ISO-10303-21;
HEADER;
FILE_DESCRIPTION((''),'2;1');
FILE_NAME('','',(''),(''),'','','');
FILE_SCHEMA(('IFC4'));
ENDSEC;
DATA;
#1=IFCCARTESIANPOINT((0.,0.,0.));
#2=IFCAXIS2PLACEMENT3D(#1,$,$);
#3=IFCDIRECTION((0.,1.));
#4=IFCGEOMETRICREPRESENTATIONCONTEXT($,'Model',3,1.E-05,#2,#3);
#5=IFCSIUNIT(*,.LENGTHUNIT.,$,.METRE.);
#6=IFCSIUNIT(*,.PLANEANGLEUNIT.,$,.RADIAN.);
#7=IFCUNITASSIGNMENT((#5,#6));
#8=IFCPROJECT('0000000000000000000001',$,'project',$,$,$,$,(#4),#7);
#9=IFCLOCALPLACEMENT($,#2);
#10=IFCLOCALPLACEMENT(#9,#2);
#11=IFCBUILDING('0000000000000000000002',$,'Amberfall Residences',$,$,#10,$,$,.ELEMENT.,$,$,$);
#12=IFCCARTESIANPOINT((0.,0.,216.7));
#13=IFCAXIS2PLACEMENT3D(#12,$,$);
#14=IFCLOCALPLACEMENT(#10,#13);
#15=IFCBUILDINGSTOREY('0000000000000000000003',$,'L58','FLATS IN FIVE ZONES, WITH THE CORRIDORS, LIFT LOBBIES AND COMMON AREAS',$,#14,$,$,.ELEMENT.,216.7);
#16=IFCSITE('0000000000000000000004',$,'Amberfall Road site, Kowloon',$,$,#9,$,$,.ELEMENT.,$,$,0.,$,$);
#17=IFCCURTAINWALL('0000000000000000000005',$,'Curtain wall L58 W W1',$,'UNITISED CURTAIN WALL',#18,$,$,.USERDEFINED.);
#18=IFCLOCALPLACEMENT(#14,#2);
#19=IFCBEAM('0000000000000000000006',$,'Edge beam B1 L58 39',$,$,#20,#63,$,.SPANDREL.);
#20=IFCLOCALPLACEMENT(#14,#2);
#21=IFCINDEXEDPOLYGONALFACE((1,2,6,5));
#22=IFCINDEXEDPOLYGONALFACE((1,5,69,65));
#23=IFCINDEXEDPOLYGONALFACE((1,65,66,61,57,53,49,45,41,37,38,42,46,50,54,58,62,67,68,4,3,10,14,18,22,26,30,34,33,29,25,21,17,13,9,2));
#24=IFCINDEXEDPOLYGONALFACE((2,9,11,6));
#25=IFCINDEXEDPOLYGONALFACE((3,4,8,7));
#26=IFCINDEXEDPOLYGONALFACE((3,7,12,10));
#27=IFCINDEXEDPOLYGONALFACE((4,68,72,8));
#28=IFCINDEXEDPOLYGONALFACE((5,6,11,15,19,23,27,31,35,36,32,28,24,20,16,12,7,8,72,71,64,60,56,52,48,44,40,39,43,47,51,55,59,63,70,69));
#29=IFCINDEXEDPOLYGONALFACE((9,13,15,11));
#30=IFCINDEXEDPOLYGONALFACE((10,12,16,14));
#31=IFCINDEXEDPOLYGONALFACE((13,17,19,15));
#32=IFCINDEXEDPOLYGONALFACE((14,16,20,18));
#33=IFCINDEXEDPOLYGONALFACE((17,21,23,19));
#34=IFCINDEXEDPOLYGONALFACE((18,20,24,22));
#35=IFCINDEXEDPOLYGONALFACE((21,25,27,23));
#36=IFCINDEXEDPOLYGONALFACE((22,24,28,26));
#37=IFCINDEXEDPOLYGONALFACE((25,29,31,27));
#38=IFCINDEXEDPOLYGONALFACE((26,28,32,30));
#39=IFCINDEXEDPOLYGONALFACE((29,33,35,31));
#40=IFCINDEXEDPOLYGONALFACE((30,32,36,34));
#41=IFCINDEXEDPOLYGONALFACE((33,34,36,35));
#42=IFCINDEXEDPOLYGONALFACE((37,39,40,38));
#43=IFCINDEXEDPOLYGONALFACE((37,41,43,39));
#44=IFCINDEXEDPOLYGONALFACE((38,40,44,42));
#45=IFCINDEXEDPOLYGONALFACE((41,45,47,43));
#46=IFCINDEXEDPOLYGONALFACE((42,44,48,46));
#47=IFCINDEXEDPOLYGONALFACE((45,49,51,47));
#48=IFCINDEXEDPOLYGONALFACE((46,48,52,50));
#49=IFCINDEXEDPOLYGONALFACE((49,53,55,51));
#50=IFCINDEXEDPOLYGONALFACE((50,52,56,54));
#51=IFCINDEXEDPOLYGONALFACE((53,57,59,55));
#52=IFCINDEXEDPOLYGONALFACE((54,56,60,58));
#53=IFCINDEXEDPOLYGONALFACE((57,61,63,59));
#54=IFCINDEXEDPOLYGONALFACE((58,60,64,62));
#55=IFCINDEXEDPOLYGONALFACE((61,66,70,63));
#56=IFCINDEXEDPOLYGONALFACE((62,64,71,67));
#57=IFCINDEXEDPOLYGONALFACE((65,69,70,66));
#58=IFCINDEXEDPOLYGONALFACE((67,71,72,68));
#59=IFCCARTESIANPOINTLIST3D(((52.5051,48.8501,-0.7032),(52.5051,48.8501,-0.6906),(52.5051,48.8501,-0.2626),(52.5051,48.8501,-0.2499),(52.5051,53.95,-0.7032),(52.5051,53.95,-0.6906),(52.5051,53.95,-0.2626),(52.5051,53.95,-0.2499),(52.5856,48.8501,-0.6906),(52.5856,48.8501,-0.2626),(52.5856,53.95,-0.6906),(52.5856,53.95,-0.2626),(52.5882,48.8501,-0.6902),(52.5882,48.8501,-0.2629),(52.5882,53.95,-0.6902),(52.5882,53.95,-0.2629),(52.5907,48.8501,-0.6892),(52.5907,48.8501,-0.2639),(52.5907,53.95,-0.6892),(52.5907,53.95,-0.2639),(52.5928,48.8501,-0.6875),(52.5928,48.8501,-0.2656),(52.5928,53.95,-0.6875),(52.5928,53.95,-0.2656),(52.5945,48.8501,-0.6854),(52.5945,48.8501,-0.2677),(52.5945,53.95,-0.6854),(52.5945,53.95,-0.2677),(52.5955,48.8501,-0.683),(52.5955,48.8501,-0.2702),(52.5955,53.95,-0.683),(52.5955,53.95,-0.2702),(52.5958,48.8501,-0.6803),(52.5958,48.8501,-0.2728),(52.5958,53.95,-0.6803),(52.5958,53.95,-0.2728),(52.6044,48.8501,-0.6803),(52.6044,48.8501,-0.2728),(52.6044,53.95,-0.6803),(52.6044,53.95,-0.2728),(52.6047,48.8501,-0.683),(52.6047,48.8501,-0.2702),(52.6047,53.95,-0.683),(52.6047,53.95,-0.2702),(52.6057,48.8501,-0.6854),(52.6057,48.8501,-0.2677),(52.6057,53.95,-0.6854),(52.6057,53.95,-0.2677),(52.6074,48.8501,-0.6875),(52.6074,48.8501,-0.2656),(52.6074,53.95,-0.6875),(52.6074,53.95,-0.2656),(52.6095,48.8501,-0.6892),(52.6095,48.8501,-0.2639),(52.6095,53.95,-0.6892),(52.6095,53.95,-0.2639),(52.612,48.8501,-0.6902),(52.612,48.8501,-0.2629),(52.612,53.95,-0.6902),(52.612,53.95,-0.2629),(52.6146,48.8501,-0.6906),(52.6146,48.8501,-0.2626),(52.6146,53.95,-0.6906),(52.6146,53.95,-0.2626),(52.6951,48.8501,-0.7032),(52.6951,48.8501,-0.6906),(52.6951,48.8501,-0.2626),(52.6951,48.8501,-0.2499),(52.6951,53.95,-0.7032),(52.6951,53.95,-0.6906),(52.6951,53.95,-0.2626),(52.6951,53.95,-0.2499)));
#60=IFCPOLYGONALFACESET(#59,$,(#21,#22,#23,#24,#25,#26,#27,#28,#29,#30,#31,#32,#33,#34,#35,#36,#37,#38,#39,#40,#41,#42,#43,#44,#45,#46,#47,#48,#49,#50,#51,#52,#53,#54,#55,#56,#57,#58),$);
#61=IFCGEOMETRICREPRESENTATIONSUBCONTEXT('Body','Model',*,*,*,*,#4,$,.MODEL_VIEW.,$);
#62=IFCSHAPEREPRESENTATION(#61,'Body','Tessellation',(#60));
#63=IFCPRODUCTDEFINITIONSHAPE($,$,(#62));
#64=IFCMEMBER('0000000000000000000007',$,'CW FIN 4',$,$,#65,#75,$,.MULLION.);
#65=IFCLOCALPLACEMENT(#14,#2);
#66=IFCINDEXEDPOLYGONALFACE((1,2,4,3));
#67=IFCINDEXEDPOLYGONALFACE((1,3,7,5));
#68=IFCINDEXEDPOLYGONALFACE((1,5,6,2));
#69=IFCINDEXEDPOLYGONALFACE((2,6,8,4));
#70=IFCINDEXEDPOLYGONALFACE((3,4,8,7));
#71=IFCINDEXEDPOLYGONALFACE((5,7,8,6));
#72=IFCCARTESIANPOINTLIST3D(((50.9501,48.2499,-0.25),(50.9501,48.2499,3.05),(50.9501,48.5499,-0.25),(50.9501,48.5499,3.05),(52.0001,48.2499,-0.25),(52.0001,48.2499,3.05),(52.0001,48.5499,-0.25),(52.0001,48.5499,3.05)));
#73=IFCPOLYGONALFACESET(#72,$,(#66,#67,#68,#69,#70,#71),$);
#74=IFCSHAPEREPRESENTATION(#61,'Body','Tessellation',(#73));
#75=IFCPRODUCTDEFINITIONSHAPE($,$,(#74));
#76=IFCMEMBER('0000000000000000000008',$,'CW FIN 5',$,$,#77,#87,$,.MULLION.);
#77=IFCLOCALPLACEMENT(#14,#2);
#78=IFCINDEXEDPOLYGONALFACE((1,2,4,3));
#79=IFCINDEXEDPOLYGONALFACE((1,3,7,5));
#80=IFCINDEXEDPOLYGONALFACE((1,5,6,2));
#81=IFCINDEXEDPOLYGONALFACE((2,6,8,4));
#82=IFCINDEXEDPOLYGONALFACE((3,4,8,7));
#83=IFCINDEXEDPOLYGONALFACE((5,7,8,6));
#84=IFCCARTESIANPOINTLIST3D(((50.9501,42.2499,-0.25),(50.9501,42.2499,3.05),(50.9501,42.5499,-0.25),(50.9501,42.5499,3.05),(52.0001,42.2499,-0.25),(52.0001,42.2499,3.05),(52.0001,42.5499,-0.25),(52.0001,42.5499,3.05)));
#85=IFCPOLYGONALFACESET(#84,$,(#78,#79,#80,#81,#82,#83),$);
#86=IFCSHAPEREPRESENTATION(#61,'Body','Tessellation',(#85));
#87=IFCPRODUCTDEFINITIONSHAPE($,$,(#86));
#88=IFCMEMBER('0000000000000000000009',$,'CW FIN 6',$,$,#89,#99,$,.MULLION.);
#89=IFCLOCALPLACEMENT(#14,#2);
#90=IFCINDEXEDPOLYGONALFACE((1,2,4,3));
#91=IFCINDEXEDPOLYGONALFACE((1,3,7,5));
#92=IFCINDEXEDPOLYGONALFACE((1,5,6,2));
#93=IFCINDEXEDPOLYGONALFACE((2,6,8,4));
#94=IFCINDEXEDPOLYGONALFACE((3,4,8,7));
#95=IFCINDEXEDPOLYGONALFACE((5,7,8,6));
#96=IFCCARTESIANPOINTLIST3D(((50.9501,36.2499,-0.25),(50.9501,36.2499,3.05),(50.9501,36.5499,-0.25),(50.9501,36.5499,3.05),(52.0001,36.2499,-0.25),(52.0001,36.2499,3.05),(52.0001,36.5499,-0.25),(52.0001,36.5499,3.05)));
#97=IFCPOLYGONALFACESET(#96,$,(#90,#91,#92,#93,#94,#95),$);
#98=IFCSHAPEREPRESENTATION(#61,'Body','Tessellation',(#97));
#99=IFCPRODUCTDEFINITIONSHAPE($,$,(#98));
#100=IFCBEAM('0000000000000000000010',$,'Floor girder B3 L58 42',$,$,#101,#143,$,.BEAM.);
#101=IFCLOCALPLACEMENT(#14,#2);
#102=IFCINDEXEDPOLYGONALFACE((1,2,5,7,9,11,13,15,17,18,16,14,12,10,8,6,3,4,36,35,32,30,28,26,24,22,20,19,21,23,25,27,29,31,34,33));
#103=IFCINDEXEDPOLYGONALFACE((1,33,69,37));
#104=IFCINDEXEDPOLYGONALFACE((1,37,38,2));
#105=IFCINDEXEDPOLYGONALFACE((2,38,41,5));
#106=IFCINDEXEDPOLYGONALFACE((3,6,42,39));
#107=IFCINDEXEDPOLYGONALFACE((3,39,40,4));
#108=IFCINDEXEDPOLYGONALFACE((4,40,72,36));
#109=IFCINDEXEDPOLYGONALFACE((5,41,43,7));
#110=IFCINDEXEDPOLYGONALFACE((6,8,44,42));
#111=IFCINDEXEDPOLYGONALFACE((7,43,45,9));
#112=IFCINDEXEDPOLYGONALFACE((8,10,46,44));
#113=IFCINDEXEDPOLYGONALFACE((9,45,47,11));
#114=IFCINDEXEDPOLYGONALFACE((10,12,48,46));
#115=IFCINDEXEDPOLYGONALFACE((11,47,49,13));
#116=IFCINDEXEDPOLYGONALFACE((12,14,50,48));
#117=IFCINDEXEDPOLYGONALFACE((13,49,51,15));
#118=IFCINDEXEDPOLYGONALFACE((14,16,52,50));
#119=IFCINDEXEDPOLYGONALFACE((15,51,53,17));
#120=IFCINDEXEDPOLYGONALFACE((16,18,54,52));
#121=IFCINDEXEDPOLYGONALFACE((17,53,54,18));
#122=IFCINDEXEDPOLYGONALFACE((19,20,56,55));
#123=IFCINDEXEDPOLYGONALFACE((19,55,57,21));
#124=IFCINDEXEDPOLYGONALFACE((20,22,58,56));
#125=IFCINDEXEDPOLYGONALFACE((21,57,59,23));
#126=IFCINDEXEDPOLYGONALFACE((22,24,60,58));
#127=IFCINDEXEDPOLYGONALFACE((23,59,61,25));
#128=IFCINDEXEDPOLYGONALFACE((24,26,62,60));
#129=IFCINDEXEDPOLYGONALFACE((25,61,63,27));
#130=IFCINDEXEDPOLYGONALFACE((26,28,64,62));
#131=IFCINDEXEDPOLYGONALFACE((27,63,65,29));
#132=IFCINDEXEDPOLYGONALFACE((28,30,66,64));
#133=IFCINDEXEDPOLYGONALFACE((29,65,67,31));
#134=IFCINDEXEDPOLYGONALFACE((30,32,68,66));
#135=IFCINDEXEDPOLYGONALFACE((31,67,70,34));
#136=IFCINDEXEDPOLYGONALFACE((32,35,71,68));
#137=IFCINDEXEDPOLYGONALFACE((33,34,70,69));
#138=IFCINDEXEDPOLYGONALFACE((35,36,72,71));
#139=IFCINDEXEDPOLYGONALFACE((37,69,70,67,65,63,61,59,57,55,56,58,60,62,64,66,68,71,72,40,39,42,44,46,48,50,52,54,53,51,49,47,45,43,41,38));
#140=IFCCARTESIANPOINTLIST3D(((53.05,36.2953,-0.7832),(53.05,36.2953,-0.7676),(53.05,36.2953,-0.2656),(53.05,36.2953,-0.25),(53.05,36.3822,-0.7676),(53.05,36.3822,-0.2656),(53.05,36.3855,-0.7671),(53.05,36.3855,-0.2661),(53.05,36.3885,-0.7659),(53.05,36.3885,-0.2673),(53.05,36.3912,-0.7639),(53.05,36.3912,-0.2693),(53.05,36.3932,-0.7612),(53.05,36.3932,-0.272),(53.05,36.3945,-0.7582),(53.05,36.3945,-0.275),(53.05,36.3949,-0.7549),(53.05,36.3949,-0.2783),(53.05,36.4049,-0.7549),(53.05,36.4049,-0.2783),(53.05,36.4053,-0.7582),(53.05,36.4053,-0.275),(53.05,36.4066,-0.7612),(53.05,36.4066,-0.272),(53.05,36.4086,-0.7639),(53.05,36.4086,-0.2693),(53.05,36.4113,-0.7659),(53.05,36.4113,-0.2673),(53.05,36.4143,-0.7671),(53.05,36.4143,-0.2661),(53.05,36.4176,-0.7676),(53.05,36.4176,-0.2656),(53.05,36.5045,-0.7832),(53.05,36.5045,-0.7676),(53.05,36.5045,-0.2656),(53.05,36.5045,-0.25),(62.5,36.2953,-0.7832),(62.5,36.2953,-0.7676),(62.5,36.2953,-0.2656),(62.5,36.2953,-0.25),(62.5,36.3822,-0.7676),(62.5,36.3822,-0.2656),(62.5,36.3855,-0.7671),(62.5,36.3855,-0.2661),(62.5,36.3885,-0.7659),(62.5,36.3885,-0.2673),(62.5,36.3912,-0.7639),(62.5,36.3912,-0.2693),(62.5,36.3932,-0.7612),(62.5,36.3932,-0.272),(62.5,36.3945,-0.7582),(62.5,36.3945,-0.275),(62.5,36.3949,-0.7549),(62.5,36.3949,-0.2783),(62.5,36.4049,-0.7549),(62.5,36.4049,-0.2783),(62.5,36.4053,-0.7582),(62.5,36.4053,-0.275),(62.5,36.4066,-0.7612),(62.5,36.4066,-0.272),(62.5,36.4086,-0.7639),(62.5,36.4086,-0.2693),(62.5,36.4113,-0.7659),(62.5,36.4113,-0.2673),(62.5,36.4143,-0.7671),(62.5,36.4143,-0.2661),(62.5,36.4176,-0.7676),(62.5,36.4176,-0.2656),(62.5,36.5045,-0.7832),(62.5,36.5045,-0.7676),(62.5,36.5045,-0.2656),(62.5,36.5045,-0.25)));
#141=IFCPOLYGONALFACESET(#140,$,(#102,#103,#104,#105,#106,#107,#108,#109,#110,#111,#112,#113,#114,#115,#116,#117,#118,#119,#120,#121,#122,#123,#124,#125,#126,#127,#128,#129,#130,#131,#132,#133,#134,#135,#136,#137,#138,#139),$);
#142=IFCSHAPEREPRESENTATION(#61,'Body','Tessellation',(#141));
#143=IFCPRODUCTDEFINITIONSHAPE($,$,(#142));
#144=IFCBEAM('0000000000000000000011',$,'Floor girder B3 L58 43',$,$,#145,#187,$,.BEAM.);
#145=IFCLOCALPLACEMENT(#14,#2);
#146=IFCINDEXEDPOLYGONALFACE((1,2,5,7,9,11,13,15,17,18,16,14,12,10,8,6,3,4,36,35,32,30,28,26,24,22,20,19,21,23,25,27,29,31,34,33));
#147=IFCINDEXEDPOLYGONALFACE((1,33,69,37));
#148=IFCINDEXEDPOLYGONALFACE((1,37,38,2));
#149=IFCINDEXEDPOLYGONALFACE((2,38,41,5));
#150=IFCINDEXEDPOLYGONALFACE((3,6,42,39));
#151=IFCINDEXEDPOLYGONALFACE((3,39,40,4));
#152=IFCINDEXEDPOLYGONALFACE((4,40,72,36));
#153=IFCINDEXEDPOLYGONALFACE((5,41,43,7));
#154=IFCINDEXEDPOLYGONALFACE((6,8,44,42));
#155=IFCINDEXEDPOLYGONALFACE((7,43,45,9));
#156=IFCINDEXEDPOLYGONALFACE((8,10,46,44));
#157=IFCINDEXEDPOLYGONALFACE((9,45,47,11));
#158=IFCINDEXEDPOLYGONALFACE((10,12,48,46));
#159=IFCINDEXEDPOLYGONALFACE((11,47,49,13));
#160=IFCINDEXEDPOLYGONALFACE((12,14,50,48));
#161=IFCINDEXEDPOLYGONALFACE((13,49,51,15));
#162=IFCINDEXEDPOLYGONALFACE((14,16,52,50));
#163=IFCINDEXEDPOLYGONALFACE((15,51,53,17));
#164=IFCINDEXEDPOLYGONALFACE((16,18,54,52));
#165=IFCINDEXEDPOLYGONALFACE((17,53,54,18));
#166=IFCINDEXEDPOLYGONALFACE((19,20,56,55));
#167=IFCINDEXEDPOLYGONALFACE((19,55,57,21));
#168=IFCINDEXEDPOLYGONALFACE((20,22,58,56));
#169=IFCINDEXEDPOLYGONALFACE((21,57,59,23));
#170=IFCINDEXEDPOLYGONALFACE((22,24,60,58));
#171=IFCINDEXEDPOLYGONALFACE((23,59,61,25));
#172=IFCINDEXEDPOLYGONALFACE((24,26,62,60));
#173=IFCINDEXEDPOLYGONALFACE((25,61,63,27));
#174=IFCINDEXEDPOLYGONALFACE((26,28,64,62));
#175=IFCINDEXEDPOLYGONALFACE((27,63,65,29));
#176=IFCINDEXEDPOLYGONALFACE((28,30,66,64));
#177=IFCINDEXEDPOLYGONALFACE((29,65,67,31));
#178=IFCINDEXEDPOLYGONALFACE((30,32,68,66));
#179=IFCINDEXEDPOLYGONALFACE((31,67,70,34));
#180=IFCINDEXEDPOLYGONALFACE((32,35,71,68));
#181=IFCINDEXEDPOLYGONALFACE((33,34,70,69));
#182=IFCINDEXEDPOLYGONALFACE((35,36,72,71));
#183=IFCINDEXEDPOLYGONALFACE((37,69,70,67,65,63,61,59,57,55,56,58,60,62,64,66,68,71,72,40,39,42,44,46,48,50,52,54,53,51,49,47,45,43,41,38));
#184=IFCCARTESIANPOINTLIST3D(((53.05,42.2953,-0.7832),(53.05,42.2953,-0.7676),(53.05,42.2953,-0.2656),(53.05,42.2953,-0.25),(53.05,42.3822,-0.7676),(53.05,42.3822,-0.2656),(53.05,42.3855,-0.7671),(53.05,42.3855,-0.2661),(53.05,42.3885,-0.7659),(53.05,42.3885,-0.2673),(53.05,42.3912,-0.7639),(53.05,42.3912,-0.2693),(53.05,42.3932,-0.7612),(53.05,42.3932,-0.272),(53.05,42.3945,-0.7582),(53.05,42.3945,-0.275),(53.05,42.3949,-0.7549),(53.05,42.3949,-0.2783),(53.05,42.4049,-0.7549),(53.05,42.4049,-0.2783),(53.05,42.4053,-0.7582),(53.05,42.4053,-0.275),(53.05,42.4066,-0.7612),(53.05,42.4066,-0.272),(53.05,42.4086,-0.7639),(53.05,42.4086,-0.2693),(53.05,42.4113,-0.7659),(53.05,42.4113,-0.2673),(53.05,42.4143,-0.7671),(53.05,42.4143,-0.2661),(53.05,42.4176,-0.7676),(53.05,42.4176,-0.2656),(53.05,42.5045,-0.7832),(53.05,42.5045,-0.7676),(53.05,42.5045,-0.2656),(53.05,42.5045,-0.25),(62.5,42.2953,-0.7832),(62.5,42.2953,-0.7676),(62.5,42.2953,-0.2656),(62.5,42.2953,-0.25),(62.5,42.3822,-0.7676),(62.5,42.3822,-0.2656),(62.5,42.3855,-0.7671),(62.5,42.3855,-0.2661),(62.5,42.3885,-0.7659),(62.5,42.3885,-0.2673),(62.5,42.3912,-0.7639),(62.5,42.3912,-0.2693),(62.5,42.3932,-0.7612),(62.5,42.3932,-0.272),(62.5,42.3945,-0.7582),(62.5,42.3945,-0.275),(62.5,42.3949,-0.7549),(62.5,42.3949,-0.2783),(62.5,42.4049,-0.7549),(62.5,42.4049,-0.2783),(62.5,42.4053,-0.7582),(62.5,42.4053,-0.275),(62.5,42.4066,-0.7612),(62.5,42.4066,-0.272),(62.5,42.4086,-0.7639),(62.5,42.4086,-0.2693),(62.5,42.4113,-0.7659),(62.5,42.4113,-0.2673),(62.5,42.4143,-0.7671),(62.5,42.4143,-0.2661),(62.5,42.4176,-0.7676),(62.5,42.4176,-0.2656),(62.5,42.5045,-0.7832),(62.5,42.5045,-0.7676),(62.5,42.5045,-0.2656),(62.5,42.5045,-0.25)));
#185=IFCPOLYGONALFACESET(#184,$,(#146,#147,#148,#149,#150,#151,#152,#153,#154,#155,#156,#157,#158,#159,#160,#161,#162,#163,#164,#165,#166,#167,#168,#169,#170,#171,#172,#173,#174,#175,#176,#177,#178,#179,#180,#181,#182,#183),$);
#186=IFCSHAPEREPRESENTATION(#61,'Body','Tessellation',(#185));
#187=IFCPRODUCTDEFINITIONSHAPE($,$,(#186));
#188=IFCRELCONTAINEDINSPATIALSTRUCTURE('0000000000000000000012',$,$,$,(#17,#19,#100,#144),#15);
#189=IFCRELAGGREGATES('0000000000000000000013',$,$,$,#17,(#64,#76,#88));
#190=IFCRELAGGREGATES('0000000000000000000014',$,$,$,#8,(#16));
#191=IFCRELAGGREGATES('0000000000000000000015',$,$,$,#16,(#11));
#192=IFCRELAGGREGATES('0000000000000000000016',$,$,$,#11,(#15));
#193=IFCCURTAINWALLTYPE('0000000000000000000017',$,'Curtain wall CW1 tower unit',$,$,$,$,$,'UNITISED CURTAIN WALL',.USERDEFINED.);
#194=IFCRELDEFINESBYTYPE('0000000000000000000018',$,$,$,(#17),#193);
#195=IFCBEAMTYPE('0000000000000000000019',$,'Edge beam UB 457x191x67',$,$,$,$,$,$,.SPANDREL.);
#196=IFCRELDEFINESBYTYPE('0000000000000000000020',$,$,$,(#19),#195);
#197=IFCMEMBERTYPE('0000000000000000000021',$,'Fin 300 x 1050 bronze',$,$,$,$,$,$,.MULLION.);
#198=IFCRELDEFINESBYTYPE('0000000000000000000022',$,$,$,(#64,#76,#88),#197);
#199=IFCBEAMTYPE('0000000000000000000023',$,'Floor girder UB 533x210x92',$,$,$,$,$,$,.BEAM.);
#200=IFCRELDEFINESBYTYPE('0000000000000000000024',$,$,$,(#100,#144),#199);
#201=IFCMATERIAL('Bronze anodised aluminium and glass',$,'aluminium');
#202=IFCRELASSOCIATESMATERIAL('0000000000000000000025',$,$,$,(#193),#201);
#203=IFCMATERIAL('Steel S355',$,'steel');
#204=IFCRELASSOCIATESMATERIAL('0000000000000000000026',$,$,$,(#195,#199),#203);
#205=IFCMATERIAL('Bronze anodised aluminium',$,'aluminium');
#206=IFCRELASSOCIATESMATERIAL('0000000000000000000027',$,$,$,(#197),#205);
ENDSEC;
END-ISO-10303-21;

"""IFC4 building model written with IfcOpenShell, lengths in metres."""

from ifc_helpers import new_model, si_unit, direction, frame, origin, origin_2d, place, context, subcontext, project, spatial, rectangle, i_section, extrude, material, material_profile, profile_set, type_object, element, aggregate, save


model = new_model("IFC4")

# Units and contexts
model_context = context("Model", 3, precision=1e-05, world=origin(), true_north=direction((0.0, 1.0)))
body_context = subcontext(model_context, "Body", "Model", "MODEL_VIEW")
ifc_project = project(units=[si_unit("LENGTHUNIT", "METRE"), si_unit("PLANEANGLEUNIT", "RADIAN")], contexts=[model_context])

# Site, building, storey
site_placement = place(None, origin())
site = spatial("IfcSite", under=ifc_project, at=site_placement, Name="Amberfall Road site, Kowloon", CompositionType="ELEMENT", RefElevation=0.0)
building_placement = place(site_placement, origin())
building = spatial("IfcBuilding", under=site, at=building_placement, Name="Amberfall Residences", CompositionType="ELEMENT")
storey_placement = place(building_placement, frame((0.0, 0.0, 216.7)))
storey = spatial("IfcBuildingStorey", under=building, at=storey_placement, Name="L58", Description="FLATS IN FIVE ZONES, WITH THE CORRIDORS, LIFT LOBBIES AND COMMON AREAS", CompositionType="ELEMENT", Elevation=216.7)

# Curtain wall
ifc_material_1 = material(Name="Bronze anodised aluminium and glass", Category="aluminium")
curtain_wall_type = type_object("IfcCurtainWallType", Name="Curtain wall CW1 tower unit", ElementType="UNITISED CURTAIN WALL", PredefinedType="USERDEFINED", material=ifc_material_1)
curtain_wall_placement = place(storey_placement, origin())
curtain_wall = element("IfcCurtainWall", 1, at=curtain_wall_placement, inside=storey, type_object=curtain_wall_type, Name="Curtain wall L58 W W1", ObjectType="UNITISED CURTAIN WALL", PredefinedType="USERDEFINED")
ifc_material_2 = material(Name="Bronze anodised aluminium", Category="aluminium")

# Beam
ifc_material_3 = material(Name="Steel S355", Category="steel")
ifc_material_profile_1 = material_profile(ifc_material_3, i_section(OverallWidth=0.1899, OverallDepth=0.4534, WebThickness=0.0085, FlangeThickness=0.0127, FilletRadius=0.0103, at=origin_2d()), Name="UB 457x191x67")
ifc_profile_set_1 = profile_set([ifc_material_profile_1], Name="Steel S355")
beam_type_1 = type_object("IfcBeamType", Name="Edge beam UB 457x191x67", PredefinedType="SPANDREL", material=ifc_profile_set_1)
for number, where, z_axis, x_axis, name in (
    (2, (52.6001, 48.8501, -0.4766), (0.0, 1.0, 0.0), (-1.0, 0.0, 0.0), "Edge beam B1 L58 39"),
):
    element("IfcBeam", number, at=place(storey_placement, frame(where, z_axis=z_axis, x_axis=x_axis)), inside=storey, type_object=beam_type_1, Name=name, PredefinedType="SPANDREL", context=body_context, shape_type="SweptSolid", body=[
        extrude(i_section(OverallWidth=0.1899, OverallDepth=0.4534, WebThickness=0.0085, FlangeThickness=0.0127, FilletRadius=0.0103, at=origin_2d()), origin(), (0.0, 0.0, 1.0), 5.0999),
    ])

# Members
ifc_material_profile_2 = material_profile(ifc_material_2, rectangle(XDim=1.05, YDim=0.3, at=origin_2d()), Name="Fin 300 x 1050 bronze")
ifc_profile_set_2 = profile_set([ifc_material_profile_2], Name="Bronze anodised aluminium")
member_type_1 = type_object("IfcMemberType", Name="Fin 300 x 1050 bronze", PredefinedType="MULLION", material=ifc_profile_set_2)
member_1_placement = place(storey_placement, frame((51.4751, 48.3999, -0.25), z_axis=(0.0, 0.0, 1.0), x_axis=(1.0, 0.0, 0.0)))
member_1 = element("IfcMember", 3, at=member_1_placement, type_object=member_type_1, Name="CW FIN 4", PredefinedType="MULLION", context=body_context, shape_type="SweptSolid", body=[
    extrude(rectangle(XDim=1.05, YDim=0.3, at=origin_2d()), origin(), (0.0, 0.0, 1.0), 3.3),
])
member_2_placement = place(storey_placement, frame((51.4751, 42.3999, -0.25), z_axis=(0.0, 0.0, 1.0), x_axis=(1.0, 0.0, 0.0)))
member_2 = element("IfcMember", 4, at=member_2_placement, type_object=member_type_1, Name="CW FIN 5", PredefinedType="MULLION", context=body_context, shape_type="SweptSolid", body=[
    extrude(rectangle(XDim=1.05, YDim=0.3, at=origin_2d()), origin(), (0.0, 0.0, 1.0), 3.3),
])
member_3_placement = place(storey_placement, frame((51.4751, 36.3999, -0.25), z_axis=(0.0, 0.0, 1.0), x_axis=(1.0, 0.0, 0.0)))
member_3 = element("IfcMember", 5, at=member_3_placement, type_object=member_type_1, Name="CW FIN 6", PredefinedType="MULLION", context=body_context, shape_type="SweptSolid", body=[
    extrude(rectangle(XDim=1.05, YDim=0.3, at=origin_2d()), origin(), (0.0, 0.0, 1.0), 3.3),
])

# Beams
ifc_material_profile_3 = material_profile(ifc_material_3, i_section(OverallWidth=0.2092, OverallDepth=0.5332, WebThickness=0.01, FlangeThickness=0.0156, FilletRadius=0.0127, at=origin_2d()), Name="UB 533x210x92")
ifc_profile_set_3 = profile_set([ifc_material_profile_3], Name="Steel S355")
beam_type_2 = type_object("IfcBeamType", Name="Floor girder UB 533x210x92", PredefinedType="BEAM", material=ifc_profile_set_3)
for number, where, z_axis, x_axis, name in (
    (6, (53.05, 36.3999, -0.5166), (1.0, 0.0, 0.0), (0.0, 1.0, 0.0), "Floor girder B3 L58 42"),
    (7, (53.05, 42.3999, -0.5166), (1.0, 0.0, 0.0), (0.0, 1.0, 0.0), "Floor girder B3 L58 43"),
):
    element("IfcBeam", number, at=place(storey_placement, frame(where, z_axis=z_axis, x_axis=x_axis)), inside=storey, type_object=beam_type_2, Name=name, PredefinedType="BEAM", context=body_context, shape_type="SweptSolid", body=[
        extrude(i_section(OverallWidth=0.2092, OverallDepth=0.5332, WebThickness=0.01, FlangeThickness=0.0156, FilletRadius=0.0127, at=origin_2d()), origin(), (0.0, 0.0, 1.0), 9.45),
    ])

aggregate(curtain_wall, [member_1, member_2, member_3])

save(model, "model.ifc")
